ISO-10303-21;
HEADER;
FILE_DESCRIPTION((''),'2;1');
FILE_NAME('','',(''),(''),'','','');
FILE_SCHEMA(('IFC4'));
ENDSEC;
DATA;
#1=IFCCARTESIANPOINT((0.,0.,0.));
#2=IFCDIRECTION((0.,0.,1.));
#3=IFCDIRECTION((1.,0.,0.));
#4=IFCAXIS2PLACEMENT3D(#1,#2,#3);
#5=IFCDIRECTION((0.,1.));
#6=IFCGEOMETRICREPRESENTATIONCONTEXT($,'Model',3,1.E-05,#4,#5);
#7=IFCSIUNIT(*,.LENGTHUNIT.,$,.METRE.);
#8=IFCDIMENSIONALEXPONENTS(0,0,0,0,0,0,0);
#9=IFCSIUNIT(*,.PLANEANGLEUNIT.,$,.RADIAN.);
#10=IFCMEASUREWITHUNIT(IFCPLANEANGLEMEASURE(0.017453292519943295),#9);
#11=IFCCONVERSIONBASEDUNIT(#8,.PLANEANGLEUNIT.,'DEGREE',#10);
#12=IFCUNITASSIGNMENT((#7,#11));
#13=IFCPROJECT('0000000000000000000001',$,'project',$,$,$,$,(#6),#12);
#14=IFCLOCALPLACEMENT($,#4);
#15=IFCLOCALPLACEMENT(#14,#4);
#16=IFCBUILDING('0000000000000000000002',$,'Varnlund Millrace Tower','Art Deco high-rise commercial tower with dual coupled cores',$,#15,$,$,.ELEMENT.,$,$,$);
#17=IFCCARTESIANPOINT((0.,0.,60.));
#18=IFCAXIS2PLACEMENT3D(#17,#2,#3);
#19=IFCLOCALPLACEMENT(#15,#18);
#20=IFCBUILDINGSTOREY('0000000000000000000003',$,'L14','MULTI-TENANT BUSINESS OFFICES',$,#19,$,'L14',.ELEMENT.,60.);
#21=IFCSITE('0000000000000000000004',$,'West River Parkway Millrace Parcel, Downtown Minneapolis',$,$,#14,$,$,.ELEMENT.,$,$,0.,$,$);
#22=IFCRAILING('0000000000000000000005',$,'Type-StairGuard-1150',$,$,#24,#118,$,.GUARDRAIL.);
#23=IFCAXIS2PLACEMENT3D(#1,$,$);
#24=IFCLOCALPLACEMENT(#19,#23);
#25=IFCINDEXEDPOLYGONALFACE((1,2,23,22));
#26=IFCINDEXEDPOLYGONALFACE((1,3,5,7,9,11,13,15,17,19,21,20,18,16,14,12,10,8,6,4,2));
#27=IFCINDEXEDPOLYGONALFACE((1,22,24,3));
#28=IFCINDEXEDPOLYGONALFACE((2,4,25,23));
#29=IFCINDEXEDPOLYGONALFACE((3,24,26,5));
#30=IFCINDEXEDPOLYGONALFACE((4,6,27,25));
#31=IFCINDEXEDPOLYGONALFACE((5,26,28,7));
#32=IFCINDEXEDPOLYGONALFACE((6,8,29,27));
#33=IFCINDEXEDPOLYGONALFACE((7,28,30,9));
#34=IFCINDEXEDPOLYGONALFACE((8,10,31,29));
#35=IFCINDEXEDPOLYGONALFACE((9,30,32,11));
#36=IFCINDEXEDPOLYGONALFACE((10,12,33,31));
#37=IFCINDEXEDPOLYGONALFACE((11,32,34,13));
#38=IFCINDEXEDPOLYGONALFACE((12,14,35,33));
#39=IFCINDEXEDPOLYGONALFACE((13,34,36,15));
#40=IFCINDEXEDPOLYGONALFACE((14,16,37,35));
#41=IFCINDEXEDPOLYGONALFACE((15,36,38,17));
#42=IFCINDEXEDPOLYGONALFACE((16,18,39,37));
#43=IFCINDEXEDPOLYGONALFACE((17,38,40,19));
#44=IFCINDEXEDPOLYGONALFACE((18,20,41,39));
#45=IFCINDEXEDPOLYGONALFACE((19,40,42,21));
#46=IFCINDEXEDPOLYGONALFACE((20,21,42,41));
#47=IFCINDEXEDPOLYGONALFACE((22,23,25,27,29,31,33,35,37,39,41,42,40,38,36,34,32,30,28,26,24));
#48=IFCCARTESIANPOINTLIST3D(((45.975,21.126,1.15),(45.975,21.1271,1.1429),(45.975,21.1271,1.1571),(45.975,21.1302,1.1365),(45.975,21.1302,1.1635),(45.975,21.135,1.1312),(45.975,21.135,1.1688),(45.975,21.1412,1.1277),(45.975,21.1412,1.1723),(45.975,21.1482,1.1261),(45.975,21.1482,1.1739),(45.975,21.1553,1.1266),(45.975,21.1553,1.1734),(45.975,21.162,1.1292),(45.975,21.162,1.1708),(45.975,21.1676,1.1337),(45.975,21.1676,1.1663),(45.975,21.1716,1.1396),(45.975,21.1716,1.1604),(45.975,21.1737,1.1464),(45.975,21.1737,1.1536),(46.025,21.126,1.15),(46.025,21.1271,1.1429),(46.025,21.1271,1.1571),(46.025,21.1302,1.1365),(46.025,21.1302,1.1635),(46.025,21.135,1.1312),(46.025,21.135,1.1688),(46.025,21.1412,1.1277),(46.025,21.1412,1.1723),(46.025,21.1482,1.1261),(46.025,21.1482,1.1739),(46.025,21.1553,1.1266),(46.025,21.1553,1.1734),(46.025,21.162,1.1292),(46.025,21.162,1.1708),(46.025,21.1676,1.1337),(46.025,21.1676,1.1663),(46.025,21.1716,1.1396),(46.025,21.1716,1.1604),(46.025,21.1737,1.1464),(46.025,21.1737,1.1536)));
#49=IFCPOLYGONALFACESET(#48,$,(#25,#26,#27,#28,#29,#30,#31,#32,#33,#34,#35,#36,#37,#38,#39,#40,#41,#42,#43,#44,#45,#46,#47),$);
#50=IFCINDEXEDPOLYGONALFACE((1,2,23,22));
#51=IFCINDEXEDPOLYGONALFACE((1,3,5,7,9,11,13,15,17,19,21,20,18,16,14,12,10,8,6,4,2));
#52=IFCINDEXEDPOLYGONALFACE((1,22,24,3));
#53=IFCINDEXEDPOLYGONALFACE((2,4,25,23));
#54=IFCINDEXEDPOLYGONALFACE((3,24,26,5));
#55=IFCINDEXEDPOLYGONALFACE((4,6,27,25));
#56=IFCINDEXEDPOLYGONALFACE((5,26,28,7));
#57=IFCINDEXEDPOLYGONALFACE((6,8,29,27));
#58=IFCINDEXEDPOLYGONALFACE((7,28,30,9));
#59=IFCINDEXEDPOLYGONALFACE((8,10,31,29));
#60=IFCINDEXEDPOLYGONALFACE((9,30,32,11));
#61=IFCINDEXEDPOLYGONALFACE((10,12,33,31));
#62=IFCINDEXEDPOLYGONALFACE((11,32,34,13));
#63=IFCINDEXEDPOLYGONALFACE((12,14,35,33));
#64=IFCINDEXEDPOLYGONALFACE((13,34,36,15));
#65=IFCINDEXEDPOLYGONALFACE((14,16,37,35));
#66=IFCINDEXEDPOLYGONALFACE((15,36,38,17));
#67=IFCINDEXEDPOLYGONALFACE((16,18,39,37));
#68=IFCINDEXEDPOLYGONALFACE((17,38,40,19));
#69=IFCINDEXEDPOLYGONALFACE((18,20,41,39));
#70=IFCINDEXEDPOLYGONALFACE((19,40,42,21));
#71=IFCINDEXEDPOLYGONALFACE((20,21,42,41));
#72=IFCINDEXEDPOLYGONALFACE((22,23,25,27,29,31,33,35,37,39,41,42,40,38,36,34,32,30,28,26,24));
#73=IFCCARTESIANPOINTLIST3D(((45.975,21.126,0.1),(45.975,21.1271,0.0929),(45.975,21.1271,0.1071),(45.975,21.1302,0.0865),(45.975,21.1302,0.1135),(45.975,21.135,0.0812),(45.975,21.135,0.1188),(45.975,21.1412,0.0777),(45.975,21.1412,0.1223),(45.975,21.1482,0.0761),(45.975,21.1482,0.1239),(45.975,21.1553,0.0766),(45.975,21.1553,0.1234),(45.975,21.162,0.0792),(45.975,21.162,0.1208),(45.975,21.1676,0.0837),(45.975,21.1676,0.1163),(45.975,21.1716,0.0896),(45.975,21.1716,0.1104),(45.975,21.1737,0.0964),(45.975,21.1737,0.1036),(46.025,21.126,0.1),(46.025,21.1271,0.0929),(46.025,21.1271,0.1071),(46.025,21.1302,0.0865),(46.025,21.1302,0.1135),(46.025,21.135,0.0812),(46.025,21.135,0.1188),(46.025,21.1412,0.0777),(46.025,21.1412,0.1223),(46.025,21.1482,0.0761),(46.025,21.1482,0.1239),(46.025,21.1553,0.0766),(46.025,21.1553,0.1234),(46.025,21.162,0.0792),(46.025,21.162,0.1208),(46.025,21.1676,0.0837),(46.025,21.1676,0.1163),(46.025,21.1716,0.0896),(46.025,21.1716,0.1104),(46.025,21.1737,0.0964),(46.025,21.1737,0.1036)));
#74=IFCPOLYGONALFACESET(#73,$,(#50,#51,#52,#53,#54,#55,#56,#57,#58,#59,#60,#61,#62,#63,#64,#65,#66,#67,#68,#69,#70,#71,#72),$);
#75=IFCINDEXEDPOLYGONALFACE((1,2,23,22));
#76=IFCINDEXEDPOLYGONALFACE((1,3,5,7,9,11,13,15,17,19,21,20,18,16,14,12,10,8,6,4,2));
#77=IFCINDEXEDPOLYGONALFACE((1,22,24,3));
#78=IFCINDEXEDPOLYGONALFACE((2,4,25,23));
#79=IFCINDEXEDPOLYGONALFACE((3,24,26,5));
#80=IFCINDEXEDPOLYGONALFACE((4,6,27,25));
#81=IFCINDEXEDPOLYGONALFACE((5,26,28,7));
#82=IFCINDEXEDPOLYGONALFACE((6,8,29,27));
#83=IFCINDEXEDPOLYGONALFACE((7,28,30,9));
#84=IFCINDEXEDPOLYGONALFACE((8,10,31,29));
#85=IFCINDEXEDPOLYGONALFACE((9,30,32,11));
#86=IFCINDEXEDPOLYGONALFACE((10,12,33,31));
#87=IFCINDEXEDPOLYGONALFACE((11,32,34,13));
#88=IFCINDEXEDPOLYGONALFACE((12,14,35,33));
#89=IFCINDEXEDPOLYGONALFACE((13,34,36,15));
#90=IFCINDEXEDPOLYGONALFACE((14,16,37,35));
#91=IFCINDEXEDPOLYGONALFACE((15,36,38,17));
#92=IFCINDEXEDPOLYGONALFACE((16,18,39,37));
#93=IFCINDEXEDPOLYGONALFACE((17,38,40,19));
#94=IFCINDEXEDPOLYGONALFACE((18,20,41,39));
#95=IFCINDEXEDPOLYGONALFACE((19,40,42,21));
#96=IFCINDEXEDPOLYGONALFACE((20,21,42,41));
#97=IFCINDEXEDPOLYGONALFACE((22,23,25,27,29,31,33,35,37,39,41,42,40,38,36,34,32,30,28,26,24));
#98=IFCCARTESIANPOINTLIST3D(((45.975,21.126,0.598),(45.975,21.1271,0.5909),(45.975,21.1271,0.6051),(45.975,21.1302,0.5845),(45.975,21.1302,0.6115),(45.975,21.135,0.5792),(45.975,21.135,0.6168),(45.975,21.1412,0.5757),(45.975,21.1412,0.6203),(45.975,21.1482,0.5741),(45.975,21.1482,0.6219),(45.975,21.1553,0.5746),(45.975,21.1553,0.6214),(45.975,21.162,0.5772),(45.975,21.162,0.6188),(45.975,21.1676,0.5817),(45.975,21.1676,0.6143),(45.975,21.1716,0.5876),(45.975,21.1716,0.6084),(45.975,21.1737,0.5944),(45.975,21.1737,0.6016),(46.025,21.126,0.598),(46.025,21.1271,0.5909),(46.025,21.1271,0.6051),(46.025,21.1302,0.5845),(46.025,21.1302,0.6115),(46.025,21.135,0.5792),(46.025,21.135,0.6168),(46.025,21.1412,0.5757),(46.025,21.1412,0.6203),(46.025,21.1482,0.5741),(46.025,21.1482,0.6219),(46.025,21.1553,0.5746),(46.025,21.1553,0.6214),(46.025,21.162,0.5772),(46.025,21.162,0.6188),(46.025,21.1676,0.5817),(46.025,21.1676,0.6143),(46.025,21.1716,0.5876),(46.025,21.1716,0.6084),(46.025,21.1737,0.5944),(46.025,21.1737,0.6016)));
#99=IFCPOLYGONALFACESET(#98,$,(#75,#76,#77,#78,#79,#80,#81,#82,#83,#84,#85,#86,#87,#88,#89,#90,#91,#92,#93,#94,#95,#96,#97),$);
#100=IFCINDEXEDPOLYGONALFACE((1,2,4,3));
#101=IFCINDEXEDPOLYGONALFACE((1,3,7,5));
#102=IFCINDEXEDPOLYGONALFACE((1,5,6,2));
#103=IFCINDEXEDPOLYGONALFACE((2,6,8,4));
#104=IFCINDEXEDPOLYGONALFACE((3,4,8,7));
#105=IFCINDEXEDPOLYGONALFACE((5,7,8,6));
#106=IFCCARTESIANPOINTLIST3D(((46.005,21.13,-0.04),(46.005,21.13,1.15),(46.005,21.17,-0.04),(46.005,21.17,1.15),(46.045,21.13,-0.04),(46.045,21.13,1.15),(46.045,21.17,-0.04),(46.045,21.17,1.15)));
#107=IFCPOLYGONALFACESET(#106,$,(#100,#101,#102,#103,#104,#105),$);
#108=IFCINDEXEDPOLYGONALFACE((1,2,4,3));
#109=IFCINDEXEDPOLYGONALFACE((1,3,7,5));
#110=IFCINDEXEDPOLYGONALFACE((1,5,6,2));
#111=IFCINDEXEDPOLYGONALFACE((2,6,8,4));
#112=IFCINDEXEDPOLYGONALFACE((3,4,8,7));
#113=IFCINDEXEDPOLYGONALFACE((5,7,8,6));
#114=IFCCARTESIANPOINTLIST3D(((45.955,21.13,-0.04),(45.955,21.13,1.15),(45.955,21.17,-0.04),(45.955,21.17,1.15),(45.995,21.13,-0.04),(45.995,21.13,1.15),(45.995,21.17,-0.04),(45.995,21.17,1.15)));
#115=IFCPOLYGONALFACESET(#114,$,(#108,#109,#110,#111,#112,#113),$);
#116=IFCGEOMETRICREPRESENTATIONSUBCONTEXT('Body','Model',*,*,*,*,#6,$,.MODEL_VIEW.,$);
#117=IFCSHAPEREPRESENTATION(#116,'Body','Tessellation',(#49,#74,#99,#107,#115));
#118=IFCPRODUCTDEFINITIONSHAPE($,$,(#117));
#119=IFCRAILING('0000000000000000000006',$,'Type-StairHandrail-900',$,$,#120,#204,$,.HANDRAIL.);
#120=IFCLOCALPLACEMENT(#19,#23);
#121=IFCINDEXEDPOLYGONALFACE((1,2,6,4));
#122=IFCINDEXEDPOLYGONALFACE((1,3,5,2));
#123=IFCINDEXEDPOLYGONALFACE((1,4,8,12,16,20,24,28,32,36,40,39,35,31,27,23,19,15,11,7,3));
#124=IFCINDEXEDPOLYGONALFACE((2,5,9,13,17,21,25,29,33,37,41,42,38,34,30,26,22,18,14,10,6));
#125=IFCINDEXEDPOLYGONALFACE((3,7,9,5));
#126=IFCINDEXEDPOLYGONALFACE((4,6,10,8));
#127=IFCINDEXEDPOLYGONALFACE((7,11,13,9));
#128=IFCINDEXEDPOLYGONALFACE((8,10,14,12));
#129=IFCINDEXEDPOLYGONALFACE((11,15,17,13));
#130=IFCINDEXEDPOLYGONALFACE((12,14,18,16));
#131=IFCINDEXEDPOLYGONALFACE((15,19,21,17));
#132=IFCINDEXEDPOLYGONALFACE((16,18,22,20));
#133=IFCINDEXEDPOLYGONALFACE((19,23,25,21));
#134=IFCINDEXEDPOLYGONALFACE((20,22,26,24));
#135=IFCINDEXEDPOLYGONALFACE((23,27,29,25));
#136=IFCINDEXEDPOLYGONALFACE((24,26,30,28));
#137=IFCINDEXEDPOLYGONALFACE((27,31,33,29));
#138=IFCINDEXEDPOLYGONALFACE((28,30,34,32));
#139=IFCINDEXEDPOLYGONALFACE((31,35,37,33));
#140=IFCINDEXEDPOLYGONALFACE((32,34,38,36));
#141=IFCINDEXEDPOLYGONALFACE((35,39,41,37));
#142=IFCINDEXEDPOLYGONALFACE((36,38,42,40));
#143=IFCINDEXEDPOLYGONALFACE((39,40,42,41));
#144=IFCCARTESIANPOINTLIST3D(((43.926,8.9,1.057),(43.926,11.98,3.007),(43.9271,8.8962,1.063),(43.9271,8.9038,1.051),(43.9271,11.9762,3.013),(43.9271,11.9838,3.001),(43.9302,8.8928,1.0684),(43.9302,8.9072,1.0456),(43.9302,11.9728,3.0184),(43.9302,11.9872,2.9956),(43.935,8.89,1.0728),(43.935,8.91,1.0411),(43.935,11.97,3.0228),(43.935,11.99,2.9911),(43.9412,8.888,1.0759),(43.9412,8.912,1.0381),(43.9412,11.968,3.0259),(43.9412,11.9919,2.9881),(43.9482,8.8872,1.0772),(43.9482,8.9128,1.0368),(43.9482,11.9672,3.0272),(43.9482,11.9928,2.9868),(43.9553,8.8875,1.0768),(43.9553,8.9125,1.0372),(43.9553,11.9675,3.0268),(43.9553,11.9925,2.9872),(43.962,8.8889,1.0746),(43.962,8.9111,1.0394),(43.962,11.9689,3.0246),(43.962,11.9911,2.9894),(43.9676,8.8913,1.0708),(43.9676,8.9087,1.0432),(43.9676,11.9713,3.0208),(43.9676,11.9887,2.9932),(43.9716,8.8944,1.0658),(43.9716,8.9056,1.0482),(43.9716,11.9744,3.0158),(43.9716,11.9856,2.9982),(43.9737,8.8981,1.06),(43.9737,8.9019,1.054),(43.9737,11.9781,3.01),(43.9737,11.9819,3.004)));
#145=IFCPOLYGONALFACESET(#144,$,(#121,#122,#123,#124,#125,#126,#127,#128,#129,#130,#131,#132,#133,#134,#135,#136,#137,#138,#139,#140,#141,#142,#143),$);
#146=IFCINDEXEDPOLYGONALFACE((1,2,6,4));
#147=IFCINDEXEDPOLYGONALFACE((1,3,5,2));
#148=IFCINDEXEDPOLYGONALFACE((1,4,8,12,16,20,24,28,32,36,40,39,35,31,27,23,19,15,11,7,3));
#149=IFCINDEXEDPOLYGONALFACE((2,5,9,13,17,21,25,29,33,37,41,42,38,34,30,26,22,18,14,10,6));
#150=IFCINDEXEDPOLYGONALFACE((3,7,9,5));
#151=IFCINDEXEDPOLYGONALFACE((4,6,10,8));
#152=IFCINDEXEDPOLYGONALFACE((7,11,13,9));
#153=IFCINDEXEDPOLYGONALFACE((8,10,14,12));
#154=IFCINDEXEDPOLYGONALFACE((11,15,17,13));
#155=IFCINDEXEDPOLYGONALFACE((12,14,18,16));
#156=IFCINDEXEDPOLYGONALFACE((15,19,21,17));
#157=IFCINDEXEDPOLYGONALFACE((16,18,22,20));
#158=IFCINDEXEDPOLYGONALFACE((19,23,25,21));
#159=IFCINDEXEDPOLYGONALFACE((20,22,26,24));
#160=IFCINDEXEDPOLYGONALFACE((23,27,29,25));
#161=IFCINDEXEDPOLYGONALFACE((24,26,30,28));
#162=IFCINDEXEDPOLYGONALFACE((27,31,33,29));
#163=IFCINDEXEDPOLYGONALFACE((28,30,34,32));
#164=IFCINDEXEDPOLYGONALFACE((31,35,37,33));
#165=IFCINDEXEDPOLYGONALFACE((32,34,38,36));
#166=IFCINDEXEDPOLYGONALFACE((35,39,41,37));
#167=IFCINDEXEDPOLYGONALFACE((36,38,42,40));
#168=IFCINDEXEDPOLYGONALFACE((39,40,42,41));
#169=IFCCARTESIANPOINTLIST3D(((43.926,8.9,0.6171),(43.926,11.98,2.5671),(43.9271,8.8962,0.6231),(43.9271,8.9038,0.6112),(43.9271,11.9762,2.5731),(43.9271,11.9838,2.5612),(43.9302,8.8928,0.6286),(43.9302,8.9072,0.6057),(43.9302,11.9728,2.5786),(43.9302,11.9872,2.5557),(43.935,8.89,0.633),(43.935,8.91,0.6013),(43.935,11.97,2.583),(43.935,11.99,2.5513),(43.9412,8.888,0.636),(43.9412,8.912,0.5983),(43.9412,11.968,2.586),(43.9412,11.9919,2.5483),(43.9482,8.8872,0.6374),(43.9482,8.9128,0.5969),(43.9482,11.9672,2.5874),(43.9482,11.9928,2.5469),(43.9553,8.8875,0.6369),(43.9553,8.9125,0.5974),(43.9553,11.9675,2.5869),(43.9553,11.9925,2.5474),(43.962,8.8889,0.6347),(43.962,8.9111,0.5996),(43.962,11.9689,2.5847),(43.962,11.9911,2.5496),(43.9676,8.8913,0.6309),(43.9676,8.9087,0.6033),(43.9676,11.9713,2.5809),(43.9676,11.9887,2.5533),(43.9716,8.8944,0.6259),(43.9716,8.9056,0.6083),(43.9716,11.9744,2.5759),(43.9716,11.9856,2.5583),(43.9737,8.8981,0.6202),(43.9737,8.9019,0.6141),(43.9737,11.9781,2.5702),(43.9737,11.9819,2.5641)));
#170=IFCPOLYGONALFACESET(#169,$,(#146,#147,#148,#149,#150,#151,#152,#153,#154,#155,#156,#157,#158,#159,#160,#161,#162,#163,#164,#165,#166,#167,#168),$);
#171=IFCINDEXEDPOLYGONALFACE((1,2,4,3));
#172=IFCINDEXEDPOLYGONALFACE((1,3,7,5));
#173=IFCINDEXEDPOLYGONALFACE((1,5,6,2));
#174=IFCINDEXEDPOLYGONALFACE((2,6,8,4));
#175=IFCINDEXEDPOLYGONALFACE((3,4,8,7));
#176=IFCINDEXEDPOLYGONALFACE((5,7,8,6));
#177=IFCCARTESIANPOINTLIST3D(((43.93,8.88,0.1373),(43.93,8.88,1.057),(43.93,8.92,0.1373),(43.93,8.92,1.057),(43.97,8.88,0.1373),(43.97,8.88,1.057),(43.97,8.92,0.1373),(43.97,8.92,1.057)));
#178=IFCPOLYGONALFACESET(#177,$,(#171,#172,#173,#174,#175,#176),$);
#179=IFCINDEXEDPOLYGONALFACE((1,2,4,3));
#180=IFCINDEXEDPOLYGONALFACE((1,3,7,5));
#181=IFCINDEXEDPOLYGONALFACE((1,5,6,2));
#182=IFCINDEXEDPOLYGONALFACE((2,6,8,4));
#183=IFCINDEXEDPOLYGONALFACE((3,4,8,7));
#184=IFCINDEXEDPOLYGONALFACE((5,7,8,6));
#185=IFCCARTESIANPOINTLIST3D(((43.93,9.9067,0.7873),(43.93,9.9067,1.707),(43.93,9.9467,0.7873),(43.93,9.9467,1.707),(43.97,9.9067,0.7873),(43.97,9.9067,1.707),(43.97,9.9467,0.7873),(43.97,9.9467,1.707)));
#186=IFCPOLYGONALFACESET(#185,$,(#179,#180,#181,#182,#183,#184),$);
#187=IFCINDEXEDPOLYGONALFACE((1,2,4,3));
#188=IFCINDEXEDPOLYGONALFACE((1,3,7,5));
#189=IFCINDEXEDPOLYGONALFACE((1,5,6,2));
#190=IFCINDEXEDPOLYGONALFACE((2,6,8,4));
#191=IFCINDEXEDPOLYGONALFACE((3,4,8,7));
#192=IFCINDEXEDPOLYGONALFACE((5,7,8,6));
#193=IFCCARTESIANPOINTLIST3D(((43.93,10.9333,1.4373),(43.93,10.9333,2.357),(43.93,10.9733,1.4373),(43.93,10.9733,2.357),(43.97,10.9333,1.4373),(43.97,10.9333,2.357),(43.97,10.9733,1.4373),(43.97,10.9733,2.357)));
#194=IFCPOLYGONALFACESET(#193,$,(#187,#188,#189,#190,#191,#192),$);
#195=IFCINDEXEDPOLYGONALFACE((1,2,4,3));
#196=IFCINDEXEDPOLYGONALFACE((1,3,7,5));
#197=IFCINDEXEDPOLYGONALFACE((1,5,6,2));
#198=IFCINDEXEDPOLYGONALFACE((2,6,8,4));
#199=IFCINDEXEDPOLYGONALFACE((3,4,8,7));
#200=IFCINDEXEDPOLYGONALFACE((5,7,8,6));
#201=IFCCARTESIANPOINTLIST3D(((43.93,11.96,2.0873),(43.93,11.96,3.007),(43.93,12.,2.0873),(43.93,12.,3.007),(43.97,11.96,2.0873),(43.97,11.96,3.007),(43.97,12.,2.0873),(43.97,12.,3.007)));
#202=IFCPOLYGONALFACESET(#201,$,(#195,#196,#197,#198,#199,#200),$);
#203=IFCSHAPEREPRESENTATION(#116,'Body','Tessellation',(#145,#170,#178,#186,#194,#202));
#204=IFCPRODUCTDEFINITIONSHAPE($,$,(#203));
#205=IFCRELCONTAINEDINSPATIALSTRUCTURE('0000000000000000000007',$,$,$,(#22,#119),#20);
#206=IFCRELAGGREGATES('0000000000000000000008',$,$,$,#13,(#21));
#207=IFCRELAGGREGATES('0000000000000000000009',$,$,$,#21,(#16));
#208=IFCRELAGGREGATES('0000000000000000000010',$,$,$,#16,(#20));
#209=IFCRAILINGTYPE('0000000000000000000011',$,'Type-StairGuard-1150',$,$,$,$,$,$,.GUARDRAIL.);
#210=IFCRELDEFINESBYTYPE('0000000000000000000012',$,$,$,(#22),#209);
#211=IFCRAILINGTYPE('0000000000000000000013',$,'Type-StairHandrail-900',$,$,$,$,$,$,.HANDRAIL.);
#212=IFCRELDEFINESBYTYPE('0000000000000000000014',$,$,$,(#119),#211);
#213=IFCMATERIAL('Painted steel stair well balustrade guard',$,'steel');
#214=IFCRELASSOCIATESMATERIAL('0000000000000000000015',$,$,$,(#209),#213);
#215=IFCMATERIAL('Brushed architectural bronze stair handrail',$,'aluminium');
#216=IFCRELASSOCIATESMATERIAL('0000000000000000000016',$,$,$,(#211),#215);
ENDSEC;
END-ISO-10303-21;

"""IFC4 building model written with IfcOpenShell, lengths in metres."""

from ifc_helpers import new_model, entity, si_unit, converted_unit, direction, frame, origin_with_axes, origin_2d_with_axis, place, context, subcontext, project, spatial, rectangle, circle, extrude, material, type_object, element, save


model = new_model("IFC4")

# Units and contexts
model_context = context("Model", 3, precision=1e-05, world=origin_with_axes(), true_north=direction((0.0, 1.0)))
body_context = subcontext(model_context, "Body", "Model", "MODEL_VIEW")
ifc_project = project(units=[si_unit("LENGTHUNIT", "METRE"), converted_unit("PLANEANGLEUNIT", "DEGREE", entity("IfcPlaneAngleMeasure", 0.017453292519943295), si_unit("PLANEANGLEUNIT", "RADIAN"), dimensions=[0, 0, 0, 0, 0, 0, 0])], contexts=[model_context])

# Site, building, storey
site_placement = place(None, origin_with_axes())
site = spatial("IfcSite", under=ifc_project, at=site_placement, Name="West River Parkway Millrace Parcel, Downtown Minneapolis", CompositionType="ELEMENT", RefElevation=0.0)
building_placement = place(site_placement, origin_with_axes())
building = spatial("IfcBuilding", under=site, at=building_placement, Name="Varnlund Millrace Tower", Description="Art Deco high-rise commercial tower with dual coupled cores", CompositionType="ELEMENT")
storey_placement = place(building_placement, frame((0.0, 0.0, 60.0), z_axis=(0.0, 0.0, 1.0), x_axis=(1.0, 0.0, 0.0)))
storey = spatial("IfcBuildingStorey", under=building, at=storey_placement, Name="L14", Description="MULTI-TENANT BUSINESS OFFICES", LongName="L14", CompositionType="ELEMENT", Elevation=60.0)

# Railings
ifc_material_1 = material(Name="Painted steel stair well balustrade guard", Category="steel")
railing_type_1 = type_object("IfcRailingType", Name="Type-StairGuard-1150", PredefinedType="GUARDRAIL", material=ifc_material_1)
railing_1_placement = place(storey_placement, frame((0.0, 0.0, -60.0), z_axis=(0.0, 0.0, 1.0), x_axis=(1.0, 0.0, 0.0)))
element("IfcRailing", 1, at=railing_1_placement, inside=storey, type_object=railing_type_1, Name="Type-StairGuard-1150", PredefinedType="GUARDRAIL", context=body_context, shape_type="SweptSolid", body=[
    extrude(circle(Radius=0.024, at=origin_2d_with_axis()), frame((46.025, 21.15, 61.15), z_axis=(-1.0, 0.0, 0.0), x_axis=(0.0, -1.0, 0.0)), (0.0, 0.0, 1.0), 0.05),
    extrude(circle(Radius=0.024, at=origin_2d_with_axis()), frame((46.025, 21.15, 60.1), z_axis=(-1.0, 0.0, 0.0), x_axis=(0.0, -1.0, 0.0)), (0.0, 0.0, 1.0), 0.05),
    extrude(circle(Radius=0.024, at=origin_2d_with_axis()), frame((46.025, 21.15, 60.598), z_axis=(-1.0, 0.0, 0.0), x_axis=(0.0, -1.0, 0.0)), (0.0, 0.0, 1.0), 0.05),
    extrude(rectangle(XDim=0.04, YDim=0.04, at=origin_2d_with_axis()), frame((46.025, 21.15, 59.96), z_axis=(0.0, 0.0, 1.0), x_axis=(1.0, 0.0, 0.0)), (0.0, 0.0, 1.0), 1.19),
    extrude(rectangle(XDim=0.04, YDim=0.04, at=origin_2d_with_axis()), frame((45.975, 21.15, 59.96), z_axis=(0.0, 0.0, 1.0), x_axis=(1.0, 0.0, 0.0)), (0.0, 0.0, 1.0), 1.19),
])
ifc_material_2 = material(Name="Brushed architectural bronze stair handrail", Category="aluminium")
railing_type_2 = type_object("IfcRailingType", Name="Type-StairHandrail-900", PredefinedType="HANDRAIL", material=ifc_material_2)
railing_2_placement = place(storey_placement, frame((0.0, 0.0, -60.0), z_axis=(0.0, 0.0, 1.0), x_axis=(1.0, 0.0, 0.0)))
element("IfcRailing", 2, at=railing_2_placement, inside=storey, type_object=railing_type_2, Name="Type-StairHandrail-900", PredefinedType="HANDRAIL", context=body_context, shape_type="SweptSolid", body=[
    extrude(circle(Radius=0.024, at=origin_2d_with_axis()), frame((43.95, 8.9, 61.057), z_axis=(0.0, 0.844902, 0.534922), x_axis=(-1.0, 0.0, 0.0)), (0.0, 0.0, 1.0), 3.6454),
    extrude(circle(Radius=0.024, at=origin_2d_with_axis()), frame((43.95, 8.9, 60.6171), z_axis=(0.0, 0.844902, 0.534922), x_axis=(-1.0, 0.0, 0.0)), (0.0, 0.0, 1.0), 3.6454),
    extrude(rectangle(XDim=0.04, YDim=0.04, at=origin_2d_with_axis()), frame((43.95, 8.9, 60.1373), z_axis=(0.0, 0.0, 1.0), x_axis=(1.0, 0.0, 0.0)), (0.0, 0.0, 1.0), 0.9197),
    extrude(rectangle(XDim=0.04, YDim=0.04, at=origin_2d_with_axis()), frame((43.95, 9.9267, 60.7873), z_axis=(0.0, 0.0, 1.0), x_axis=(1.0, 0.0, 0.0)), (0.0, 0.0, 1.0), 0.9197),
    extrude(rectangle(XDim=0.04, YDim=0.04, at=origin_2d_with_axis()), frame((43.95, 10.9533, 61.4373), z_axis=(0.0, 0.0, 1.0), x_axis=(1.0, 0.0, 0.0)), (0.0, 0.0, 1.0), 0.9197),
    extrude(rectangle(XDim=0.04, YDim=0.04, at=origin_2d_with_axis()), frame((43.95, 11.98, 62.0873), z_axis=(0.0, 0.0, 1.0), x_axis=(1.0, 0.0, 0.0)), (0.0, 0.0, 1.0), 0.9197),
])

save(model, "model.ifc")
